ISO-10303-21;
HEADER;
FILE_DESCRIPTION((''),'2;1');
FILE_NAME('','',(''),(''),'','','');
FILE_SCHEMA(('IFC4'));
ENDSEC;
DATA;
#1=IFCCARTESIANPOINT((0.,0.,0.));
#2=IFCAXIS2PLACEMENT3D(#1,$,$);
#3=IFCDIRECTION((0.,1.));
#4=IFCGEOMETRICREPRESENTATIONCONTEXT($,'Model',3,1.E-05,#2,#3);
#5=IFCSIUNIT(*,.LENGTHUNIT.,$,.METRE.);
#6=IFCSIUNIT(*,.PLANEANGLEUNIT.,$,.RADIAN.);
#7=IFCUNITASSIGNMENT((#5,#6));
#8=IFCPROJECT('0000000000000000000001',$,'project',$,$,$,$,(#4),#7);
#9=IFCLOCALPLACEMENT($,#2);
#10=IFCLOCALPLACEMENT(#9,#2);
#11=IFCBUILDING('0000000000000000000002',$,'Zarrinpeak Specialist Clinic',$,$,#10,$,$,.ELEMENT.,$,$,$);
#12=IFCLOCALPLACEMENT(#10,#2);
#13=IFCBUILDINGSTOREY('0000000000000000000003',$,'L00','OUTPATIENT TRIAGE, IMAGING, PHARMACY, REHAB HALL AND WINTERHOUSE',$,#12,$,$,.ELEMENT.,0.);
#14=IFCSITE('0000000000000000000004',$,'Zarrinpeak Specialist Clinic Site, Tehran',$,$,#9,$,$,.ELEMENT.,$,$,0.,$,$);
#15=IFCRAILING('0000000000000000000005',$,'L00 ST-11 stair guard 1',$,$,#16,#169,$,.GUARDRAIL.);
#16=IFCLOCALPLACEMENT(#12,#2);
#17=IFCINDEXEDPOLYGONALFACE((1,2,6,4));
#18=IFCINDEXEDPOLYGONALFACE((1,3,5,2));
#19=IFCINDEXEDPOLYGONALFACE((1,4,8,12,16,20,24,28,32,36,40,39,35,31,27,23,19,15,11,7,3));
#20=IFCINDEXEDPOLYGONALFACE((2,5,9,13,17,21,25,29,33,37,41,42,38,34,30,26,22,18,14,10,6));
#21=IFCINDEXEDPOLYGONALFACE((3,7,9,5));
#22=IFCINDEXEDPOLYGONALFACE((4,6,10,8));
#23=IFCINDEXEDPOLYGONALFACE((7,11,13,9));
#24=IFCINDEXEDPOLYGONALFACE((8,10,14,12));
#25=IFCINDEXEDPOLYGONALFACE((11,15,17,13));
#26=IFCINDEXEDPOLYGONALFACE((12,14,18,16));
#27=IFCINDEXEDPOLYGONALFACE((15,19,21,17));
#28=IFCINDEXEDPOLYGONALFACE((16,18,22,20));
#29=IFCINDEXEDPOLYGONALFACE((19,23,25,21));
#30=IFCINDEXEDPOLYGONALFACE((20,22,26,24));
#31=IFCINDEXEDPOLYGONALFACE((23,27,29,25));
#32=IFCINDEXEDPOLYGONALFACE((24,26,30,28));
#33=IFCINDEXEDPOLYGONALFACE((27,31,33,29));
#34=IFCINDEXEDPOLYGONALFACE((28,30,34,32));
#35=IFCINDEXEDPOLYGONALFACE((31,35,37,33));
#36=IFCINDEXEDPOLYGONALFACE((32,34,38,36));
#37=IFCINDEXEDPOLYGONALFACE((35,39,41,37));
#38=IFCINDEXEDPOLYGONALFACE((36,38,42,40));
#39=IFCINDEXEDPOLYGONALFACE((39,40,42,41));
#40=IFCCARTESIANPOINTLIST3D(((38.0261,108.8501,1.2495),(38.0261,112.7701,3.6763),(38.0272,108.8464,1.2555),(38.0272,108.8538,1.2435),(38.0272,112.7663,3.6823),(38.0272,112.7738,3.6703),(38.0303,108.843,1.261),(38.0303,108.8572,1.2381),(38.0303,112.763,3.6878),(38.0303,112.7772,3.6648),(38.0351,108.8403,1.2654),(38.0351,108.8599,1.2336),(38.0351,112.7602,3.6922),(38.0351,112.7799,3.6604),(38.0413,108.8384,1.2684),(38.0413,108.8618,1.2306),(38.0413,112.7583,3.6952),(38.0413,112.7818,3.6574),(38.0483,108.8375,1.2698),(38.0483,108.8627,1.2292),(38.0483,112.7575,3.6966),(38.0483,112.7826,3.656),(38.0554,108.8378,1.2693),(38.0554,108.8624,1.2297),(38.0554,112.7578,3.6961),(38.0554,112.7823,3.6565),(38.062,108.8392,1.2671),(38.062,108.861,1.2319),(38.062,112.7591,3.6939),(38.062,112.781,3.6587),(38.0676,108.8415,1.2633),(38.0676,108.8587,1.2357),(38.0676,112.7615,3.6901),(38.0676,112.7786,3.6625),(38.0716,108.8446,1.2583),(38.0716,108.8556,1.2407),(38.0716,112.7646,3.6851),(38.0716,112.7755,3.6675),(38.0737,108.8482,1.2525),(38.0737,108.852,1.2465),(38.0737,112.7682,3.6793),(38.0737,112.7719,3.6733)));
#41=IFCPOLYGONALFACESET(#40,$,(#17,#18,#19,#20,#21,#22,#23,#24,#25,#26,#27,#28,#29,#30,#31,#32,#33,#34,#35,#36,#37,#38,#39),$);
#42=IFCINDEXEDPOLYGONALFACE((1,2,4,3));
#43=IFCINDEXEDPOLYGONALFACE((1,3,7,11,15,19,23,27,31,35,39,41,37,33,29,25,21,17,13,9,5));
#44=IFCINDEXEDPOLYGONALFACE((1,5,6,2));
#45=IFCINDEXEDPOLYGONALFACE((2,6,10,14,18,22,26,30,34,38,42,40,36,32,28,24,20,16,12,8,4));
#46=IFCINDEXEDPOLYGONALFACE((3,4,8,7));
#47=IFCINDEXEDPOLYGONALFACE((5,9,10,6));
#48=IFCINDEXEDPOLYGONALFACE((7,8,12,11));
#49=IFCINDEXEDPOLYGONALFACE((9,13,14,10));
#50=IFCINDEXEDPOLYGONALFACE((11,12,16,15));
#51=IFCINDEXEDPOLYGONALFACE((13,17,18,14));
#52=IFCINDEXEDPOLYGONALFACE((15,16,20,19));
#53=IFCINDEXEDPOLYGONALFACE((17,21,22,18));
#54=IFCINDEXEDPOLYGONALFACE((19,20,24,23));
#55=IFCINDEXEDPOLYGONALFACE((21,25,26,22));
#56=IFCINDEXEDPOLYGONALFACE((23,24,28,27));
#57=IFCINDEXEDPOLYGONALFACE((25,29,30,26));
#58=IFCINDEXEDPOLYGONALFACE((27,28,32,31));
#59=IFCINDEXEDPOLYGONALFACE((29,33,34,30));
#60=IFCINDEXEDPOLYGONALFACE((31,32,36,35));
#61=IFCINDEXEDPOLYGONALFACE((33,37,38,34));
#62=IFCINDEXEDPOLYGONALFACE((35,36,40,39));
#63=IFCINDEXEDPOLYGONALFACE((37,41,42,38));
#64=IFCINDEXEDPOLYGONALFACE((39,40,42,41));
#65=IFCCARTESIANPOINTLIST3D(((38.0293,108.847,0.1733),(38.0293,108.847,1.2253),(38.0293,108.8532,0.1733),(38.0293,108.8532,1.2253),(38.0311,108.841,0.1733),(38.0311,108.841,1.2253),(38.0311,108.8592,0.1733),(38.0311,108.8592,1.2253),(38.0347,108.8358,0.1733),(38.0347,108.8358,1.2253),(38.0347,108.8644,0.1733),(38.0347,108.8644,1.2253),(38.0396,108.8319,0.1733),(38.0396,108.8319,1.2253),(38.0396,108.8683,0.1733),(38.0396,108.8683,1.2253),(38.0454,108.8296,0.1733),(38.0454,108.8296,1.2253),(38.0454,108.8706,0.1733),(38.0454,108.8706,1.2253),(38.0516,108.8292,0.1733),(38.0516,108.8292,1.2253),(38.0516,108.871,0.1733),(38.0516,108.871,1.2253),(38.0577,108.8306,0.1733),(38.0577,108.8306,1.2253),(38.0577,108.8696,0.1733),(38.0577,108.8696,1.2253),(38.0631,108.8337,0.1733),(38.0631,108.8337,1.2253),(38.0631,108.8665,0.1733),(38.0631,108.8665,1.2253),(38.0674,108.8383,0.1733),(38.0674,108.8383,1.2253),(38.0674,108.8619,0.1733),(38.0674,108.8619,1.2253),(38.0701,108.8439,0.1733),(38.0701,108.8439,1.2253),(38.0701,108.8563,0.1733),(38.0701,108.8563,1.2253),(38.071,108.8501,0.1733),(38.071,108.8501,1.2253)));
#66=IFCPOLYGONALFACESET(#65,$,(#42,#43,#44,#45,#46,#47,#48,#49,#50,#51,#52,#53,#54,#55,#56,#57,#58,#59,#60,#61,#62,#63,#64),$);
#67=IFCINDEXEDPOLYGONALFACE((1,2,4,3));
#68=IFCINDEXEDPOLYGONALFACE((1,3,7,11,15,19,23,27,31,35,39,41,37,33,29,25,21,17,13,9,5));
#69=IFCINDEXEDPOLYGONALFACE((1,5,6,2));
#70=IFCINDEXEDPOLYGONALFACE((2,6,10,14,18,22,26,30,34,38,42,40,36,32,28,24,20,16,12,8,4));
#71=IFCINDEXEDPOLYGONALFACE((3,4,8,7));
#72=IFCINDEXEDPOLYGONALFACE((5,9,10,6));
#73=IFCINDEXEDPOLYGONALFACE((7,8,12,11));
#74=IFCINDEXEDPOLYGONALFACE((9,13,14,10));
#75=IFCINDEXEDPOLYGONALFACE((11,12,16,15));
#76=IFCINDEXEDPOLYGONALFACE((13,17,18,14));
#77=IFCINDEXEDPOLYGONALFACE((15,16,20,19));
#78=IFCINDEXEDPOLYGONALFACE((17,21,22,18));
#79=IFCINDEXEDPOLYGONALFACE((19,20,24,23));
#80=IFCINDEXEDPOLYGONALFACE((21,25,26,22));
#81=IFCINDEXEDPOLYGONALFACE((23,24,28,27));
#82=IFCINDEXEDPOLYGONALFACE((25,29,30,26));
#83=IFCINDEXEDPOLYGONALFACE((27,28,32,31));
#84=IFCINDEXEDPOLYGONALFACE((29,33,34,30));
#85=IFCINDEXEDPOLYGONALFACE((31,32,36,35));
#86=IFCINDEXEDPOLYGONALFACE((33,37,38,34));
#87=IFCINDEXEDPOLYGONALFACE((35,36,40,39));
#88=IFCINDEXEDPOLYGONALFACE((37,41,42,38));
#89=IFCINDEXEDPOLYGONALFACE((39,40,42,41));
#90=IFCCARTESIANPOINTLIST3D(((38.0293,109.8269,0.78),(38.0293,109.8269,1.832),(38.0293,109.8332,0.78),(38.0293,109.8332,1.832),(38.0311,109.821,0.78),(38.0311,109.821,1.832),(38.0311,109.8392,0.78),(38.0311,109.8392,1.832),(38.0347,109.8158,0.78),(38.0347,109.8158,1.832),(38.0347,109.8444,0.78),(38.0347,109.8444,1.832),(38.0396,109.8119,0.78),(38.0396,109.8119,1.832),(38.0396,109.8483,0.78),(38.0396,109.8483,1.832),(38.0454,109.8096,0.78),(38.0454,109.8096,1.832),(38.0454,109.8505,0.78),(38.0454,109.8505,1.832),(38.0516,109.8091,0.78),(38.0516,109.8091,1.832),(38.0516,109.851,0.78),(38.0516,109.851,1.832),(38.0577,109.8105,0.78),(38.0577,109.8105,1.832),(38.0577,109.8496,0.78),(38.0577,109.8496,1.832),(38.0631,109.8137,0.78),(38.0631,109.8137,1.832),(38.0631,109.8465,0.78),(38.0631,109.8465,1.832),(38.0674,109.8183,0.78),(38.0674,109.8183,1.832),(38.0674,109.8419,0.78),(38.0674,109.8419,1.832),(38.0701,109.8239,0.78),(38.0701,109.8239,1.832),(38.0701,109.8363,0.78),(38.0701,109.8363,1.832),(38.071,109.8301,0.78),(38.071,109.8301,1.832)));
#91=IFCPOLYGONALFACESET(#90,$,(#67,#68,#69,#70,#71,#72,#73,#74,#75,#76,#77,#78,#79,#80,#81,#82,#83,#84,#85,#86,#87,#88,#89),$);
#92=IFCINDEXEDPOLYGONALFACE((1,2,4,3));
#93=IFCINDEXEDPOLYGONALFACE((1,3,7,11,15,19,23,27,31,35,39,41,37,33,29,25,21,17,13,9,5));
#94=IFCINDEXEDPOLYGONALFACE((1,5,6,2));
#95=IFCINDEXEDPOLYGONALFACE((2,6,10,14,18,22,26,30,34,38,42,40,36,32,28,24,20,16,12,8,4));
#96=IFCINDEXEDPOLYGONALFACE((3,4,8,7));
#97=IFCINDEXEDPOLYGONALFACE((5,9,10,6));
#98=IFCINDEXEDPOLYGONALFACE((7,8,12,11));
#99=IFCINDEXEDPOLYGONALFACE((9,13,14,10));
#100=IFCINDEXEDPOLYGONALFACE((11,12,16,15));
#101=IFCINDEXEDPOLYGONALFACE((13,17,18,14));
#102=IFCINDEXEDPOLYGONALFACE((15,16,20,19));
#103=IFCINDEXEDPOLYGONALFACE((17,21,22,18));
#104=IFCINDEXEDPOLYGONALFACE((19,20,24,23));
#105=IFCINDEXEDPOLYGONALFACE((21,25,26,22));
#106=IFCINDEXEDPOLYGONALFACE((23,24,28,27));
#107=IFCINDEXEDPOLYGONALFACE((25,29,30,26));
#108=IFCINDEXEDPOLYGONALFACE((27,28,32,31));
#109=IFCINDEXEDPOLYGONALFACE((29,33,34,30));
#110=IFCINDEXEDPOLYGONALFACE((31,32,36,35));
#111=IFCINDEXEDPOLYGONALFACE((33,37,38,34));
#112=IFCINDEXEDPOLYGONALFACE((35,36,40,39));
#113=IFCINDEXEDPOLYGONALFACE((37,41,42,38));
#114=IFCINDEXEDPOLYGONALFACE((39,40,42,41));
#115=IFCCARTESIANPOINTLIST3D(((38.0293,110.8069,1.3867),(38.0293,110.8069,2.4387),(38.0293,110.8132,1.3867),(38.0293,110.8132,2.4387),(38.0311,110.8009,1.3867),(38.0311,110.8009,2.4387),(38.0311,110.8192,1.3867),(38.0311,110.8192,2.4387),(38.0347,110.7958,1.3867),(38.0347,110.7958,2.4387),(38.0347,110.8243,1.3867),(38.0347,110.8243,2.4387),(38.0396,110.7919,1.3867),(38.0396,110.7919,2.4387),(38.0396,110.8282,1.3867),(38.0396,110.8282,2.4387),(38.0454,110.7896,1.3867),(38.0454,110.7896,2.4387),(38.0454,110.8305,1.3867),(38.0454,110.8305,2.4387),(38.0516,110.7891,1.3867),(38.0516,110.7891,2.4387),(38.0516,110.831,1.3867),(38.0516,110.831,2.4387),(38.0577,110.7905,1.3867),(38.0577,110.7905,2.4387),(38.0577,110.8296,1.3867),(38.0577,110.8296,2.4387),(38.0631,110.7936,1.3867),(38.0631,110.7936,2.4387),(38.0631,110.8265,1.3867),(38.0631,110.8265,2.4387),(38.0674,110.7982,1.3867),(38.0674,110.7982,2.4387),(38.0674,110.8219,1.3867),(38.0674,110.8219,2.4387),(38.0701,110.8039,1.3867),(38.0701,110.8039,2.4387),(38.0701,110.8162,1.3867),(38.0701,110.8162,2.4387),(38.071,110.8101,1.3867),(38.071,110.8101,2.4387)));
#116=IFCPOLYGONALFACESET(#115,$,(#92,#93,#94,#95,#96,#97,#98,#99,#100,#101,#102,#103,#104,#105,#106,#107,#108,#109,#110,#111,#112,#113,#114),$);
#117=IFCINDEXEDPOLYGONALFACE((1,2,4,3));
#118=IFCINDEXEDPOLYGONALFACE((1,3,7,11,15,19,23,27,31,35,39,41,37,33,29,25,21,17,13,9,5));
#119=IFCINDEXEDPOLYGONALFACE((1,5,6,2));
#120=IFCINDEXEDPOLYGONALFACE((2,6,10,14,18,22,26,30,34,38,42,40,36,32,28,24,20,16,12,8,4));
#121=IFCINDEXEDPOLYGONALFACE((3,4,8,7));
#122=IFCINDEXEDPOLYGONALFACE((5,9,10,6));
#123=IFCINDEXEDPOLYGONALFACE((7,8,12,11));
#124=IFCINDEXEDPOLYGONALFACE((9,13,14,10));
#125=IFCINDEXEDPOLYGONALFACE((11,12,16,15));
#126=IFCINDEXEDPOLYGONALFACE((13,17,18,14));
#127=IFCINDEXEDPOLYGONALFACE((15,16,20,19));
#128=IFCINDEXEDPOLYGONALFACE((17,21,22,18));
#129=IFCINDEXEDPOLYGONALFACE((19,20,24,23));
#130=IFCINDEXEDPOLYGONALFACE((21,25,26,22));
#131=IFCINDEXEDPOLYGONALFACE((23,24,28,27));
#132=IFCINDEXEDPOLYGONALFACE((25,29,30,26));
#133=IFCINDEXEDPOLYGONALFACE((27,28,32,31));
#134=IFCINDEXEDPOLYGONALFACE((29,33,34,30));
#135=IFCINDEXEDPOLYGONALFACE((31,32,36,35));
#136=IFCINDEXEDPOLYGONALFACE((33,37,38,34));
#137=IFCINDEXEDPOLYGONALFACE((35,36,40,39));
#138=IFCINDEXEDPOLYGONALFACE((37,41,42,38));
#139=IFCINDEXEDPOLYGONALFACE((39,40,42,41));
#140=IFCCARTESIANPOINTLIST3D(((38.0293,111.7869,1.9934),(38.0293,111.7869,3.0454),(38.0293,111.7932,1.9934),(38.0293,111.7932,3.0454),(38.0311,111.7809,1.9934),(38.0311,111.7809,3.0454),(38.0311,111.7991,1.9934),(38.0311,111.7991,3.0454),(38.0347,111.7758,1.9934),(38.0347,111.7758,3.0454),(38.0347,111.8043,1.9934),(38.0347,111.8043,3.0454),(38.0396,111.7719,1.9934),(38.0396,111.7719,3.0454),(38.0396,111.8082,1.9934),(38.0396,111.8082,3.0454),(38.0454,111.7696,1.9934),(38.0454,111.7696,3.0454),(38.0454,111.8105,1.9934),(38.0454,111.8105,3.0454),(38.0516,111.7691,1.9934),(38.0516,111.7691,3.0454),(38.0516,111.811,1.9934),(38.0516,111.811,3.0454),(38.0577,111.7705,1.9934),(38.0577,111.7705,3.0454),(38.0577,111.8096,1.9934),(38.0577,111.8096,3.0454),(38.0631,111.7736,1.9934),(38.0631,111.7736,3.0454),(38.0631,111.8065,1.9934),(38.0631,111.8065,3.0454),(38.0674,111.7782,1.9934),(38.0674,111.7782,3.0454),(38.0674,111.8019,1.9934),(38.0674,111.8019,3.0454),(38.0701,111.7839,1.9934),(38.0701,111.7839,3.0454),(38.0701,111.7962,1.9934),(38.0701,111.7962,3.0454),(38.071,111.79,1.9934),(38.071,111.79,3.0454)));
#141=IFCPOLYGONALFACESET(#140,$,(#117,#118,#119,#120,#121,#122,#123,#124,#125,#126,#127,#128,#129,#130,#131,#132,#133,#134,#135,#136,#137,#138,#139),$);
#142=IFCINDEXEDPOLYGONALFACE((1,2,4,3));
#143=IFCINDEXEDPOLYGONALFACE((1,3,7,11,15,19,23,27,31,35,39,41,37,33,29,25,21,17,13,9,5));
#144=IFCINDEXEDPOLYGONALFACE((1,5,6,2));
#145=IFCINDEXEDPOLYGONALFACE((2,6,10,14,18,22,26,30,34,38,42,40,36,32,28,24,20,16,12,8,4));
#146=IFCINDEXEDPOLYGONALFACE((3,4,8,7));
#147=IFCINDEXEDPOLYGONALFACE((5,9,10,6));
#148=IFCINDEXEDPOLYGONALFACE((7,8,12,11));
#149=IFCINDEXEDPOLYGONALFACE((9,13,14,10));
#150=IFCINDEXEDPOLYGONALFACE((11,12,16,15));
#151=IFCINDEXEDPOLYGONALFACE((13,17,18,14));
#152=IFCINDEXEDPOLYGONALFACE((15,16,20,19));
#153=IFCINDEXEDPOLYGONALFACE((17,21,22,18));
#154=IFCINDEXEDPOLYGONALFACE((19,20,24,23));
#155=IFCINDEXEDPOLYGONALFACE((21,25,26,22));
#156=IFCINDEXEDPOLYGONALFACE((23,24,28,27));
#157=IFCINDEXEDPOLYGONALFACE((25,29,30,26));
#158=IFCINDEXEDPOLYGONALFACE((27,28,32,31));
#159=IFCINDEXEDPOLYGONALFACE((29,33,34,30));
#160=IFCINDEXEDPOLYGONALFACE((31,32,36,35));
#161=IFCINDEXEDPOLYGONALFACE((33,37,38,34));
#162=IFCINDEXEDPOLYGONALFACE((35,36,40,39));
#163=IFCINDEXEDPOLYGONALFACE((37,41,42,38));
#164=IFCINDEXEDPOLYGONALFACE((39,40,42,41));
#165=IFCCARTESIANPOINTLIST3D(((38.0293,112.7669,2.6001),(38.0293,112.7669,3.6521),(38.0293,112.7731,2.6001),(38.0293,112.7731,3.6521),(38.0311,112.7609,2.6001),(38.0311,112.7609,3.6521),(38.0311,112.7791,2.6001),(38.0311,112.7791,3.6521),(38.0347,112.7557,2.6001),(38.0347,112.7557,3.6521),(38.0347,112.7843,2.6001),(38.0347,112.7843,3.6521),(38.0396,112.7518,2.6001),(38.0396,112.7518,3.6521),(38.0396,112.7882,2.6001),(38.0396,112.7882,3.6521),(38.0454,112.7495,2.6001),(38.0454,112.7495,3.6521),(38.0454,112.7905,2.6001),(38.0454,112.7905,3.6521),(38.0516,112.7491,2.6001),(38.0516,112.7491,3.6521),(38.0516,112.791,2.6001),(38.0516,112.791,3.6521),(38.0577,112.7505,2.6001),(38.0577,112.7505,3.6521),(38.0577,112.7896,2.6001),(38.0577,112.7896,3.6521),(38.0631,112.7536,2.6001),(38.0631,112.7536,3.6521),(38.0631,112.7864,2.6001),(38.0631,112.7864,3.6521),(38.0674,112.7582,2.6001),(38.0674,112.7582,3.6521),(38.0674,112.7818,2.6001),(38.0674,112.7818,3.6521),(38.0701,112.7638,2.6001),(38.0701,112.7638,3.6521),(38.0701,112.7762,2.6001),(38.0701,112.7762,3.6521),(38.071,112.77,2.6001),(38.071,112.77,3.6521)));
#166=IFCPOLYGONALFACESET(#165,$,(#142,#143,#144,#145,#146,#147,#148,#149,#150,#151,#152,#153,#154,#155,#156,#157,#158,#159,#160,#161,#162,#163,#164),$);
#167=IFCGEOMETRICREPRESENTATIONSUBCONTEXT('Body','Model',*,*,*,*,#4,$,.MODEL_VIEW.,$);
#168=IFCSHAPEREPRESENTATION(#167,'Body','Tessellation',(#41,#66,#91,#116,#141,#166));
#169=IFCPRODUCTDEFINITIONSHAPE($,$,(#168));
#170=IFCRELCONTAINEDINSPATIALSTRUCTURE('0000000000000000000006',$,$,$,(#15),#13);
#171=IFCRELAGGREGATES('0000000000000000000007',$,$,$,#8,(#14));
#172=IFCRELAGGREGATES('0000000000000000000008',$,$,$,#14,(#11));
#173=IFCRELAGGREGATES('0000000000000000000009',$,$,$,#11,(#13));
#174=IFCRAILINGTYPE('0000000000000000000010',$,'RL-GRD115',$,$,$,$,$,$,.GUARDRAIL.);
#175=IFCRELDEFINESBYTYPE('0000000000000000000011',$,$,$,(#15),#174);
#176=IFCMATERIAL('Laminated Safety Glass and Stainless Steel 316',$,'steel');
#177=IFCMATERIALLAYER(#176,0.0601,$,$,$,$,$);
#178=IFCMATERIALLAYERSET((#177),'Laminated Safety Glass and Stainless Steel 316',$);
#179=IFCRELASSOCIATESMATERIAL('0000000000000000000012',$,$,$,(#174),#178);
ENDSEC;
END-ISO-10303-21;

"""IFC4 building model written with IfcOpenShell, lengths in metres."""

from ifc_helpers import new_model, si_unit, direction, frame, origin, origin_2d, place, context, subcontext, project, spatial, circle, extrude, material, layer, layer_set, type_object, element, save


model = new_model("IFC4")

# Units and contexts
model_context = context("Model", 3, precision=1e-05, world=origin(), true_north=direction((0.0, 1.0)))
body_context = subcontext(model_context, "Body", "Model", "MODEL_VIEW")
ifc_project = project(units=[si_unit("LENGTHUNIT", "METRE"), si_unit("PLANEANGLEUNIT", "RADIAN")], contexts=[model_context])

# Site, building, storey
site_placement = place(None, origin())
site = spatial("IfcSite", under=ifc_project, at=site_placement, Name="Zarrinpeak Specialist Clinic Site, Tehran", CompositionType="ELEMENT", RefElevation=0.0)
building_placement = place(site_placement, origin())
building = spatial("IfcBuilding", under=site, at=building_placement, Name="Zarrinpeak Specialist Clinic", CompositionType="ELEMENT")
storey_placement = place(building_placement, origin())
storey = spatial("IfcBuildingStorey", under=building, at=storey_placement, Name="L00", Description="OUTPATIENT TRIAGE, IMAGING, PHARMACY, REHAB HALL AND WINTERHOUSE", CompositionType="ELEMENT", Elevation=0.0)

# Railing
ifc_material_1 = material(Name="Laminated Safety Glass and Stainless Steel 316", Category="steel")
ifc_layer_1 = layer(ifc_material_1, 0.0601)
ifc_layer_set_1 = layer_set([ifc_layer_1], Name="Laminated Safety Glass and Stainless Steel 316")
railing_type_1 = type_object("IfcRailingType", Name="RL-GRD115", PredefinedType="GUARDRAIL", material=ifc_layer_set_1)
railing_1_placement = place(storey_placement, frame((38.05, 108.8501, 0.1733)))
element("IfcRailing", 1, at=railing_1_placement, inside=storey, type_object=railing_type_1, Name="L00 ST-11 stair guard 1", PredefinedType="GUARDRAIL", context=body_context, shape_type="SweptSolid", body=[
    extrude(circle(Radius=0.0239, at=origin_2d()), frame((0.0, 0.0, 1.0762), z_axis=(0.0, 0.850252, 0.526376), x_axis=(-1.0, 0.0, 0.0)), (0.0, 0.0, 1.0), 4.6104),
    extrude(circle(Radius=0.021, at=origin_2d()), origin(), (0.0, 0.0, 1.0), 1.052),
    extrude(circle(Radius=0.021, at=origin_2d()), frame((0.0, 0.98, 0.6067)), (0.0, 0.0, 1.0), 1.052),
    extrude(circle(Radius=0.021, at=origin_2d()), frame((0.0, 1.96, 1.2134)), (0.0, 0.0, 1.0), 1.052),
    extrude(circle(Radius=0.021, at=origin_2d()), frame((0.0, 2.9399, 1.8201)), (0.0, 0.0, 1.0), 1.052),
    extrude(circle(Radius=0.021, at=origin_2d()), frame((0.0, 3.9199, 2.4268)), (0.0, 0.0, 1.0), 1.052),
])

save(model, "model.ifc")
